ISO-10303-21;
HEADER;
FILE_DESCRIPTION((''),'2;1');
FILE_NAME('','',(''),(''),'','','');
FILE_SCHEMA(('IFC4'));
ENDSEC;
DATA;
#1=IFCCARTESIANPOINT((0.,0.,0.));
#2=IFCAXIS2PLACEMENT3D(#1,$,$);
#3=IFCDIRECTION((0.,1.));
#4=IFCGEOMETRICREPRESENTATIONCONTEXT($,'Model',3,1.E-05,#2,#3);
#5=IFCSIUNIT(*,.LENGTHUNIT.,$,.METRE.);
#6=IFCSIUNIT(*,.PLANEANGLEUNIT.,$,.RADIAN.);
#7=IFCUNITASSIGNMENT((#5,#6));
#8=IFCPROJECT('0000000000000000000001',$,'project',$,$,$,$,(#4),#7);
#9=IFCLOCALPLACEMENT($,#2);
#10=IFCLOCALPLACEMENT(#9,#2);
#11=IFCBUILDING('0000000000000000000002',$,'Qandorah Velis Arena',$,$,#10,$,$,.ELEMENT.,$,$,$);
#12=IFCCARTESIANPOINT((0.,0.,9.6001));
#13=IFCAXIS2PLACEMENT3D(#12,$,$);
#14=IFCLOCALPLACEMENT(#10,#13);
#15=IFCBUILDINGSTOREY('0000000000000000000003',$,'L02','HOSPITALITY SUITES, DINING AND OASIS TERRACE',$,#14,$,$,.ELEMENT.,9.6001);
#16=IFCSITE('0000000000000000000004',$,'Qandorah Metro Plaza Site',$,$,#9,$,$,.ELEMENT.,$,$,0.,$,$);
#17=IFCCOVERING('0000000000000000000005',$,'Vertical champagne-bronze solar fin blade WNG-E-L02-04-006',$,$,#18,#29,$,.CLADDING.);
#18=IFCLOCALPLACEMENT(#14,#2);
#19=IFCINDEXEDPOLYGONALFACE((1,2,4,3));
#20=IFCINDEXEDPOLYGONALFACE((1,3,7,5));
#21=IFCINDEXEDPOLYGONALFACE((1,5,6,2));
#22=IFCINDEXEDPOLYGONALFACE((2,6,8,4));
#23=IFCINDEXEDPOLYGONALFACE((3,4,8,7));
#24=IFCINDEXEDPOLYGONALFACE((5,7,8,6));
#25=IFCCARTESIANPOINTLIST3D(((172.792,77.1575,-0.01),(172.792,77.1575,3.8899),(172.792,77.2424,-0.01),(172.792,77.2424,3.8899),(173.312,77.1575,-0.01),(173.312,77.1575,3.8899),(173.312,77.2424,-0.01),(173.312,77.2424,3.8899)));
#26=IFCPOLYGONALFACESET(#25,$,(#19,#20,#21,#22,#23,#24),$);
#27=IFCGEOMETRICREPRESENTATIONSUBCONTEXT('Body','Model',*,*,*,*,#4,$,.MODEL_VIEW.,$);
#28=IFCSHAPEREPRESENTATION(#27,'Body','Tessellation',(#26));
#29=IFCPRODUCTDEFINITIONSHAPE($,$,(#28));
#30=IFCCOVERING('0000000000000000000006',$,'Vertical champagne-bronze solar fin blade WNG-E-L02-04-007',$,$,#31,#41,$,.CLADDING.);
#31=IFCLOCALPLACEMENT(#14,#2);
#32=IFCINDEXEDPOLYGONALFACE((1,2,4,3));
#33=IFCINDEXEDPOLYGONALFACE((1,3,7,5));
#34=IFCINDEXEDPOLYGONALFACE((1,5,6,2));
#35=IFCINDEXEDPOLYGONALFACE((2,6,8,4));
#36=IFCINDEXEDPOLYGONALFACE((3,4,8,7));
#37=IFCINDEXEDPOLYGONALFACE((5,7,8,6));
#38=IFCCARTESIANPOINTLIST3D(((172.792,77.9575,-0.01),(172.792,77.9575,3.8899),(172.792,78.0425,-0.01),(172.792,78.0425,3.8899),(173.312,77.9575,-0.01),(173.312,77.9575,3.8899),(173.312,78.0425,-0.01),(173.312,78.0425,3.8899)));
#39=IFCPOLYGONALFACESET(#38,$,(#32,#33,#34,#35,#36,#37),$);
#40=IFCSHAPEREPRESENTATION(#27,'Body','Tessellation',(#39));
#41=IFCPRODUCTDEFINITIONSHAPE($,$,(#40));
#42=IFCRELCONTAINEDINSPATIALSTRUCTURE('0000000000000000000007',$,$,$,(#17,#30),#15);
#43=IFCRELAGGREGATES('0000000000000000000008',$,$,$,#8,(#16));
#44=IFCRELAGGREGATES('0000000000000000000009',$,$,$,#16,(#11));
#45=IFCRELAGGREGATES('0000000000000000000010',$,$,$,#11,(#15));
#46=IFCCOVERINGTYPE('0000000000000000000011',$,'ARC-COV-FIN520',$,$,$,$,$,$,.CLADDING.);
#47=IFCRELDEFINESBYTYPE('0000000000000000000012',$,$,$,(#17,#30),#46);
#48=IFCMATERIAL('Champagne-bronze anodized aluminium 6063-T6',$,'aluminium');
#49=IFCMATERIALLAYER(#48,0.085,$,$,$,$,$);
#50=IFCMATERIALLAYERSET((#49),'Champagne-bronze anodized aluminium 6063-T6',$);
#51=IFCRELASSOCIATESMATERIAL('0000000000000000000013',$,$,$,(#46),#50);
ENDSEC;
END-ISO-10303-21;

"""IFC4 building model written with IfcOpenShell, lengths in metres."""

from ifc_helpers import new_model, si_unit, direction, frame, origin, origin_2d, place, context, subcontext, project, spatial, rectangle, extrude, material, layer, layer_set, type_object, element, save


model = new_model("IFC4")

# Units and contexts
model_context = context("Model", 3, precision=1e-05, world=origin(), true_north=direction((0.0, 1.0)))
body_context = subcontext(model_context, "Body", "Model", "MODEL_VIEW")
ifc_project = project(units=[si_unit("LENGTHUNIT", "METRE"), si_unit("PLANEANGLEUNIT", "RADIAN")], contexts=[model_context])

# Site, building, storey
site_placement = place(None, origin())
site = spatial("IfcSite", under=ifc_project, at=site_placement, Name="Qandorah Metro Plaza Site", CompositionType="ELEMENT", RefElevation=0.0)
building_placement = place(site_placement, origin())
building = spatial("IfcBuilding", under=site, at=building_placement, Name="Qandorah Velis Arena", CompositionType="ELEMENT")
storey_placement = place(building_placement, frame((0.0, 0.0, 9.6001)))
storey = spatial("IfcBuildingStorey", under=building, at=storey_placement, Name="L02", Description="HOSPITALITY SUITES, DINING AND OASIS TERRACE", CompositionType="ELEMENT", Elevation=9.6001)

# Shared definitions
ifc_material_1 = material(Name="Champagne-bronze anodized aluminium 6063-T6", Category="aluminium")

# Coverings
ifc_layer_1 = layer(ifc_material_1, 0.085)
ifc_layer_set_1 = layer_set([ifc_layer_1], Name="Champagne-bronze anodized aluminium 6063-T6")
covering_type_1 = type_object("IfcCoveringType", Name="ARC-COV-FIN520", PredefinedType="CLADDING", material=ifc_layer_set_1)
for number, where, z_axis, x_axis, name in (
    (1, (173.052, 77.2, -0.01), (0.0, 0.0, 1.0), (1.0, 0.0, 0.0), "Vertical champagne-bronze solar fin blade WNG-E-L02-04-006"),
    (2, (173.052, 78.0, -0.01), (0.0, 0.0, 1.0), (1.0, 0.0, 0.0), "Vertical champagne-bronze solar fin blade WNG-E-L02-04-007"),
):
    element("IfcCovering", number, at=place(storey_placement, frame(where, z_axis=z_axis, x_axis=x_axis)), inside=storey, type_object=covering_type_1, Name=name, PredefinedType="CLADDING", context=body_context, shape_type="SweptSolid", body=[
        extrude(rectangle(XDim=0.52, YDim=0.085, at=origin_2d()), origin(), (0.0, 0.0, 1.0), 3.8999),
    ])

save(model, "model.ifc")
